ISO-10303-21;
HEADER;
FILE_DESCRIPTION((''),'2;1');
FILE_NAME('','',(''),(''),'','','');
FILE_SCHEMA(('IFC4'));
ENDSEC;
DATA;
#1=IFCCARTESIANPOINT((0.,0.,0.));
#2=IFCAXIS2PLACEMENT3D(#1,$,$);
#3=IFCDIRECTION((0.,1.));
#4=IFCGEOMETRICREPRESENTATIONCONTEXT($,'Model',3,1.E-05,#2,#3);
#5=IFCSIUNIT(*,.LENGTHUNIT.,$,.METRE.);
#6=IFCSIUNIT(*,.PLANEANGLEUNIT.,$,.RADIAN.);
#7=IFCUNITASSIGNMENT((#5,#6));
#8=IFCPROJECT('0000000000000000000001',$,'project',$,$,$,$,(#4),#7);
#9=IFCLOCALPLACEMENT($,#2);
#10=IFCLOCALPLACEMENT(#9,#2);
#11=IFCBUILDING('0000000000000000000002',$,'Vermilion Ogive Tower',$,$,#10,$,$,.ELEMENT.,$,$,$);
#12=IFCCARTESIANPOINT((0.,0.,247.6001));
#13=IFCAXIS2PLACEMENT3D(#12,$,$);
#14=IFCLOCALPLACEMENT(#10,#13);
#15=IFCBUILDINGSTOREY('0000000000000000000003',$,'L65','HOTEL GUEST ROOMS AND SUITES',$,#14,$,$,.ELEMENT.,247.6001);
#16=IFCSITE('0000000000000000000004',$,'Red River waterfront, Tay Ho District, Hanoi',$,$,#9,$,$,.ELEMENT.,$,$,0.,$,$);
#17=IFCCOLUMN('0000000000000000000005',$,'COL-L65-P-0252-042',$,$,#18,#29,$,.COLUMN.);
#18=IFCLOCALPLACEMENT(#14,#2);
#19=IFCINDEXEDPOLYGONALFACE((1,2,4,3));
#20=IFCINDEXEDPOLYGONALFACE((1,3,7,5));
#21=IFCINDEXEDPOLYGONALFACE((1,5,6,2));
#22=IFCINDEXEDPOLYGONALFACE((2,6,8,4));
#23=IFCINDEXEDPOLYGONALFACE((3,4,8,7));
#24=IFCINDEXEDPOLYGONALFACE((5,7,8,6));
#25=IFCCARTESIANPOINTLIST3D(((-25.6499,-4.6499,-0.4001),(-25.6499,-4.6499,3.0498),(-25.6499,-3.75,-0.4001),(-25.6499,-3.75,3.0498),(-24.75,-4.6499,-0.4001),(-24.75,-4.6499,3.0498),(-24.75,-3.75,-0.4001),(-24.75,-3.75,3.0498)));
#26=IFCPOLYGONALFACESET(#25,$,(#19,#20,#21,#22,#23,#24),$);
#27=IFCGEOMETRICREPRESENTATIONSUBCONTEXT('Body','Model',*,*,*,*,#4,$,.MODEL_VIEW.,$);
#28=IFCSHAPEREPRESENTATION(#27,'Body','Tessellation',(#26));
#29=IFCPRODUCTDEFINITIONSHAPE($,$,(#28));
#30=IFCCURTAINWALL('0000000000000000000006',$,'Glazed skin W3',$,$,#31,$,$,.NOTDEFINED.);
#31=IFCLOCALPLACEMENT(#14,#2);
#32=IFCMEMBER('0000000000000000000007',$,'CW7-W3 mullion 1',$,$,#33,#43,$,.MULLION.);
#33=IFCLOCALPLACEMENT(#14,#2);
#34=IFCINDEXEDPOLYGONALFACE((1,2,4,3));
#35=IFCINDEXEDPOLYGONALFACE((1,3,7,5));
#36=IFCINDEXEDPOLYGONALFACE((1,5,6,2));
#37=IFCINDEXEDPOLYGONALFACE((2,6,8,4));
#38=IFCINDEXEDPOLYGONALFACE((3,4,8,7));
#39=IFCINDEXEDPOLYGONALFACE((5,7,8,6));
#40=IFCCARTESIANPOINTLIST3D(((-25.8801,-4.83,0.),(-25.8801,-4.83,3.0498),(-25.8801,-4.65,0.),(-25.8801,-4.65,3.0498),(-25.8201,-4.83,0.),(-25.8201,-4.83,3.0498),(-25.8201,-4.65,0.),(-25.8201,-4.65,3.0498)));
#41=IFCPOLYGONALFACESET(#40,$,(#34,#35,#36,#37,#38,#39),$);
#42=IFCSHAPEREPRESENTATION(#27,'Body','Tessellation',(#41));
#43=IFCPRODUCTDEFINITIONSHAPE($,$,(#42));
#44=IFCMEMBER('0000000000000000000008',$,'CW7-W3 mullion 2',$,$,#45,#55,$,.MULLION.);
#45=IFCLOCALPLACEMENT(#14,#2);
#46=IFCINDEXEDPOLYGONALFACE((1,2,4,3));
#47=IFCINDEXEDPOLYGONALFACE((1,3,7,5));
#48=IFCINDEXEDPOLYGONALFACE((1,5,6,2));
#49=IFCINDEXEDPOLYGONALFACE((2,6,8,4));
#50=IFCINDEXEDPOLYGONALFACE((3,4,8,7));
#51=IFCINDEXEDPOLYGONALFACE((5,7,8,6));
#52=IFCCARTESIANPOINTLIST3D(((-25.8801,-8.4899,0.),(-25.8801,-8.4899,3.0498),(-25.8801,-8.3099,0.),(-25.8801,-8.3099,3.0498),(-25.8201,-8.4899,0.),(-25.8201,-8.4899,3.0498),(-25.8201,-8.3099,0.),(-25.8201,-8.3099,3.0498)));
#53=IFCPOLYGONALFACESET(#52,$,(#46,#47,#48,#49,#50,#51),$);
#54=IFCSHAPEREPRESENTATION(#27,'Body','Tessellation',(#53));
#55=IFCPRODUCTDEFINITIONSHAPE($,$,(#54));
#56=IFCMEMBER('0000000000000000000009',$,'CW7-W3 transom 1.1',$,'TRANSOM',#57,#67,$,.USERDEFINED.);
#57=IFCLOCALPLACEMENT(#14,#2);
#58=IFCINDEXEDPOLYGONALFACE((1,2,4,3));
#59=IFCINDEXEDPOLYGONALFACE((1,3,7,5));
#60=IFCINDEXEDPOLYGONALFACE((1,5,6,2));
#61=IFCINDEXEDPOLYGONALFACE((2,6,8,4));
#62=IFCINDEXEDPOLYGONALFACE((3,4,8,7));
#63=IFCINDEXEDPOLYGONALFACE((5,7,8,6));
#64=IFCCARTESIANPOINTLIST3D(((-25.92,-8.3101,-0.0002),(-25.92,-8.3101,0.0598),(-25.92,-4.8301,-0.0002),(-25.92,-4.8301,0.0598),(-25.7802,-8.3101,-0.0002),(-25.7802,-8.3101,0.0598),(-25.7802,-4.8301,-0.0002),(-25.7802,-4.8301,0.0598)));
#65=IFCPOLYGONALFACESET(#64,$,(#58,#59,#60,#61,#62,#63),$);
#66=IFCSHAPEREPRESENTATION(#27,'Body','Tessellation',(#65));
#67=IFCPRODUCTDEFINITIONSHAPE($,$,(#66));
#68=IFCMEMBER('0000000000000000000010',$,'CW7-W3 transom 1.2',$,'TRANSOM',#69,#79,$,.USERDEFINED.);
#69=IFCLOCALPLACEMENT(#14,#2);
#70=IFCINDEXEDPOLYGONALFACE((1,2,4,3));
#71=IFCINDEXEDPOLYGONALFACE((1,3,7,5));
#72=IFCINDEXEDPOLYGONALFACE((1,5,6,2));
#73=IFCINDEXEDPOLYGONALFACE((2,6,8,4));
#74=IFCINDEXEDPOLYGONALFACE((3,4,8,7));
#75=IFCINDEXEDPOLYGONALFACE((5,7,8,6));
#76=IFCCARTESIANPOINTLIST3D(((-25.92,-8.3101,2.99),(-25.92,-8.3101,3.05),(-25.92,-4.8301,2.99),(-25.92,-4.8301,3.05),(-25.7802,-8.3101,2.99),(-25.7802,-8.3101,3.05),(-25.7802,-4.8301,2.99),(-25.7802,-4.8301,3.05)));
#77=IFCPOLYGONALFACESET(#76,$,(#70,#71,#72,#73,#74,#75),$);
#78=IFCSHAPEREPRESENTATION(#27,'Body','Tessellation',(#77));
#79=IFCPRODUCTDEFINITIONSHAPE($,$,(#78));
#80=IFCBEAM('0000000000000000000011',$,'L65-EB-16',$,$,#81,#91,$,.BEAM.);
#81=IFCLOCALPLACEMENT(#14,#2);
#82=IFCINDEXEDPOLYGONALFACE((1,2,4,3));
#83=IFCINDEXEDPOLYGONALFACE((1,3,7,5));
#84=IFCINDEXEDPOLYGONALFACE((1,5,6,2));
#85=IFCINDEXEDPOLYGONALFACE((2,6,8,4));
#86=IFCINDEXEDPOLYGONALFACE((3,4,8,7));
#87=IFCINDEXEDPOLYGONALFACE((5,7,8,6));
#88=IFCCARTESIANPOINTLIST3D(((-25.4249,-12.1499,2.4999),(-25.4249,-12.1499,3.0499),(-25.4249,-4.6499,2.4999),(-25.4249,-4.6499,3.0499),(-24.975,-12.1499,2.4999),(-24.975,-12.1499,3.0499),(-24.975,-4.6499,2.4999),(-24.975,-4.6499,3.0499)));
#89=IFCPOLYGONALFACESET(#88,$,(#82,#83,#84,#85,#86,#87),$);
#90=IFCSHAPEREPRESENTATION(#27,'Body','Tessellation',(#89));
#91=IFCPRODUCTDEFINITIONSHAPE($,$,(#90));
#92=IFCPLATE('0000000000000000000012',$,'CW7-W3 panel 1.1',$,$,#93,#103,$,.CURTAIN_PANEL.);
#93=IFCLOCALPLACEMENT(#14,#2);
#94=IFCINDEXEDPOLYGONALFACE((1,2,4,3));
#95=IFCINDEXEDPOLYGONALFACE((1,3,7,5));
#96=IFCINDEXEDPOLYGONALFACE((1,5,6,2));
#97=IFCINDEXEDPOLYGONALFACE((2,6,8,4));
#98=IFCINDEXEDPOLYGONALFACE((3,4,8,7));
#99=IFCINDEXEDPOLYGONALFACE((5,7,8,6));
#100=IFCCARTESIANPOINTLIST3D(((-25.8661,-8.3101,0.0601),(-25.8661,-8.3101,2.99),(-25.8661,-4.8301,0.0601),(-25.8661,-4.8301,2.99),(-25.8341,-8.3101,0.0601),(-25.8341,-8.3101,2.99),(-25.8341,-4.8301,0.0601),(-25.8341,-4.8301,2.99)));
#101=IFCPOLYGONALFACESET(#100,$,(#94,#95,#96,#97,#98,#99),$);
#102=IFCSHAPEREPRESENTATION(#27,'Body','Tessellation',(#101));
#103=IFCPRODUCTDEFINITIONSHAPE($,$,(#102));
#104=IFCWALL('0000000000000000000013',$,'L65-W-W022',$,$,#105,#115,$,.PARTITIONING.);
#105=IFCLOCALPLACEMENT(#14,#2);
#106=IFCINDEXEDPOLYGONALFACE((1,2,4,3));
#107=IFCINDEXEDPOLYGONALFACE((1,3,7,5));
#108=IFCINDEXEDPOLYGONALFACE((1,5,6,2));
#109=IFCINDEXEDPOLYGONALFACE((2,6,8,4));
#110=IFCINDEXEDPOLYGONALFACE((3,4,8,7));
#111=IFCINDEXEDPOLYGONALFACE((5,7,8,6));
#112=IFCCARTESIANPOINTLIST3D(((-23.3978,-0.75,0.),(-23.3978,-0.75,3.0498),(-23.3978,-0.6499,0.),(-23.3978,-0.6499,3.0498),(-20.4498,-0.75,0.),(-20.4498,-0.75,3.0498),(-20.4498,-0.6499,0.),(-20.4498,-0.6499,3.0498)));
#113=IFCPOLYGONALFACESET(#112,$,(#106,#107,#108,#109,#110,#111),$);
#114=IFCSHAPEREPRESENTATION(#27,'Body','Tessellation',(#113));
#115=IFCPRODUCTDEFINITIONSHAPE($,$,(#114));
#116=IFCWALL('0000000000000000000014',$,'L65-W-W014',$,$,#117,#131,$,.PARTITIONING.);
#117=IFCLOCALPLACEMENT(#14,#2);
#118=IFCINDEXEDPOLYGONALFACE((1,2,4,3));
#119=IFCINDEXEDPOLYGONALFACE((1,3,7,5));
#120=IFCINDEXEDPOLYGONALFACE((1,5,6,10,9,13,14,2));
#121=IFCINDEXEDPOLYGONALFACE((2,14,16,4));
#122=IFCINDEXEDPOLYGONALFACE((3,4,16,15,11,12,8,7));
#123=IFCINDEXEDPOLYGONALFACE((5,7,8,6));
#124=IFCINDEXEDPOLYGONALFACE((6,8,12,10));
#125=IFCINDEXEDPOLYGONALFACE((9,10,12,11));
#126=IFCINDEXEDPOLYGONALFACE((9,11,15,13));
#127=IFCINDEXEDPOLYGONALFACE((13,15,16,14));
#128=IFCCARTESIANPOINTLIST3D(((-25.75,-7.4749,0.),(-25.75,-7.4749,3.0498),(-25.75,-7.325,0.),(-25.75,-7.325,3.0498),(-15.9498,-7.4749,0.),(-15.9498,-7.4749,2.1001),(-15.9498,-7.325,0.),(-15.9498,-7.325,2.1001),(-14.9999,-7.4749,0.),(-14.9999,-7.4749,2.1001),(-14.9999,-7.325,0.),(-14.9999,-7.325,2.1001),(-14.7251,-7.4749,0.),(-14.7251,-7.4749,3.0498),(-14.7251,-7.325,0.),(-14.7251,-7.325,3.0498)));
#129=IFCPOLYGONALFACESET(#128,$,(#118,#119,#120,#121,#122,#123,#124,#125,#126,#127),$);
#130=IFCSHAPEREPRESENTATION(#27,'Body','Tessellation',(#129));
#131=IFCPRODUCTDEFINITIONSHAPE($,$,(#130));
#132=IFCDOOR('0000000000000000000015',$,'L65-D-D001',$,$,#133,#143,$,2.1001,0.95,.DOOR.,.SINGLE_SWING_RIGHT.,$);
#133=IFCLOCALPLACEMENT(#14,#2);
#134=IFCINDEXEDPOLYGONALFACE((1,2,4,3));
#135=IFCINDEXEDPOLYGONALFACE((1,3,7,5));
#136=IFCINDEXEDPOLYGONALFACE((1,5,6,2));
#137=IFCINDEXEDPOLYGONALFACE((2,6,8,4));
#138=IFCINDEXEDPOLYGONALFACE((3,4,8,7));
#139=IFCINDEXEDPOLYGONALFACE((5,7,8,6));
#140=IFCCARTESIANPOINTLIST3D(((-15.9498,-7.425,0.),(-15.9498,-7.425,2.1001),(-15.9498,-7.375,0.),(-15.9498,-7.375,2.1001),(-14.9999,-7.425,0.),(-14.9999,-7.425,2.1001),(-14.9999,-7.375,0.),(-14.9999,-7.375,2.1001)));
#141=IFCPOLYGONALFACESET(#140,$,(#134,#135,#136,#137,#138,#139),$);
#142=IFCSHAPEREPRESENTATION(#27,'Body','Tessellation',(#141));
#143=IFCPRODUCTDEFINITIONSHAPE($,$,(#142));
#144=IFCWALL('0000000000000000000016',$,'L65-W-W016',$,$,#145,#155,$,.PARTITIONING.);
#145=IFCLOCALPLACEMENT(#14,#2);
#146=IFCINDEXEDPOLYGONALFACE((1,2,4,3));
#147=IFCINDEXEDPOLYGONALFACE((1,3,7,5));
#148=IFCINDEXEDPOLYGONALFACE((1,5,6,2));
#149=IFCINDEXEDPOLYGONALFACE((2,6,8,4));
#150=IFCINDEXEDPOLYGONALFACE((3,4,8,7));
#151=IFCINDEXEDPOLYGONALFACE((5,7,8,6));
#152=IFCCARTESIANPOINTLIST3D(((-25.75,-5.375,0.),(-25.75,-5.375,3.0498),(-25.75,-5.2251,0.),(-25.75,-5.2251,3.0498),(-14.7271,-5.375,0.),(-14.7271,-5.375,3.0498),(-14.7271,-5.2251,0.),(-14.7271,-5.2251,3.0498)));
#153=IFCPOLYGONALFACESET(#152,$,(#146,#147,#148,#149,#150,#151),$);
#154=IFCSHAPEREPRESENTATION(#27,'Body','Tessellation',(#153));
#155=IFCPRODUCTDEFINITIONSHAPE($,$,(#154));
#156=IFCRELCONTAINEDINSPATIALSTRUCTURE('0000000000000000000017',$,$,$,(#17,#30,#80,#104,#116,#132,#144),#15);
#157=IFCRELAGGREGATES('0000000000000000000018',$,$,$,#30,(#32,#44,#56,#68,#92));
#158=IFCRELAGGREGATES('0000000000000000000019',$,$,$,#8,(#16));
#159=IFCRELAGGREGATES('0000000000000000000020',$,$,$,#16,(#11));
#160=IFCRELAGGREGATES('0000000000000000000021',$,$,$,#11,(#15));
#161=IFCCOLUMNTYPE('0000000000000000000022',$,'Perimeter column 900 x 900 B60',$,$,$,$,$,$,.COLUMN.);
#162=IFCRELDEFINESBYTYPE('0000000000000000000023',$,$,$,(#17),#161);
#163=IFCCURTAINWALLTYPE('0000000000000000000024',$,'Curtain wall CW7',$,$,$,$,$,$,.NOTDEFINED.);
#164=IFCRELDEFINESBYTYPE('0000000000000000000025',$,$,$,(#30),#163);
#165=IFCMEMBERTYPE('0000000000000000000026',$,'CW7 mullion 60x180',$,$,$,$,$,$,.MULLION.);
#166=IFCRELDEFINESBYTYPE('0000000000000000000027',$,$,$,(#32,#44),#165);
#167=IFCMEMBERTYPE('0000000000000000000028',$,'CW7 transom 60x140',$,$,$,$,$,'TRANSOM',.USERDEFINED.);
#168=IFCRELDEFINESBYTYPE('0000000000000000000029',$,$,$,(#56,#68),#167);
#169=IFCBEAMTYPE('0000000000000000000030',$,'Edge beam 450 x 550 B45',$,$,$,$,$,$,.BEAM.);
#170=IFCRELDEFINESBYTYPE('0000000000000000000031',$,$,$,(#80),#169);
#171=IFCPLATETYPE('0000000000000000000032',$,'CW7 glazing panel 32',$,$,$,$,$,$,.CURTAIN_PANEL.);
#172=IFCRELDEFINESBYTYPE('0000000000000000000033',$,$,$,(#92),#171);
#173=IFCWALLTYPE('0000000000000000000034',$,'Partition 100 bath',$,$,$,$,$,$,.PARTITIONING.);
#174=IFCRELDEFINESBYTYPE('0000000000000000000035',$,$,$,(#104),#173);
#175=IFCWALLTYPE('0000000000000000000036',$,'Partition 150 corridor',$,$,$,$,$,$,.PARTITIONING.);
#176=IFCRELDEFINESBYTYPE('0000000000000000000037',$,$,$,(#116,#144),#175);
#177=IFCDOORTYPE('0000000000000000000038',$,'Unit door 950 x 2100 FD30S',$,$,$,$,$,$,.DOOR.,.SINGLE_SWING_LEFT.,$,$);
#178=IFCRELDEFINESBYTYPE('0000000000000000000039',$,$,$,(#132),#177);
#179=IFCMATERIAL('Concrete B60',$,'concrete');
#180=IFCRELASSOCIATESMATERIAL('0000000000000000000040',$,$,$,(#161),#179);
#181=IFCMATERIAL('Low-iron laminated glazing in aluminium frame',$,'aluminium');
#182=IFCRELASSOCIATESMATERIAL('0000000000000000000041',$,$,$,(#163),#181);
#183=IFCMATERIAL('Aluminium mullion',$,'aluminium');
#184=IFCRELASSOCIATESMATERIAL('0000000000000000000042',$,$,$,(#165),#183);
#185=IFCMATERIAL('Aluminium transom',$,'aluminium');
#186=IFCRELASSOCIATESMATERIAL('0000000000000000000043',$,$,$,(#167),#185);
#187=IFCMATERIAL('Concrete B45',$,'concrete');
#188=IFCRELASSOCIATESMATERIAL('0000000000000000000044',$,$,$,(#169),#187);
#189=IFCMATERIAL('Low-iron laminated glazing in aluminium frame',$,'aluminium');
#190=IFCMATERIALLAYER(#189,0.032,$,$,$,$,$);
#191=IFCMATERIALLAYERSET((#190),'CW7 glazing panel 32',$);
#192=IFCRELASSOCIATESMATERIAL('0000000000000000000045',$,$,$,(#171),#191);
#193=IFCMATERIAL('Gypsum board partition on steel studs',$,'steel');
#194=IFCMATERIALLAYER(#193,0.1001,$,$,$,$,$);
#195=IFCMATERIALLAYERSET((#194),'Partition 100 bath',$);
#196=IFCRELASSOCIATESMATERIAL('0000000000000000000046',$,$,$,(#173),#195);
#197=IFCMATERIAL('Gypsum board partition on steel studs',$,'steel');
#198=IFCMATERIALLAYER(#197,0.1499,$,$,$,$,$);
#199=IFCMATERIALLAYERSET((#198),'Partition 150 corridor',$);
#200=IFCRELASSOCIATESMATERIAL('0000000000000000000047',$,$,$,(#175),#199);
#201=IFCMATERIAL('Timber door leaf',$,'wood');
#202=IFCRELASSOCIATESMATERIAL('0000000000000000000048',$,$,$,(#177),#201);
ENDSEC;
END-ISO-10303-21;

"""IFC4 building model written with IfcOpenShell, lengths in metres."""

from ifc_helpers import new_model, si_unit, direction, frame, frame_2d, origin, origin_2d, place, context, subcontext, project, spatial, rectangle, extrude, material, layer, layer_set, material_profile, profile_set, type_object, element, fill, aggregate, save


model = new_model("IFC4")

# Units and contexts
model_context = context("Model", 3, precision=1e-05, world=origin(), true_north=direction((0.0, 1.0)))
body_context = subcontext(model_context, "Body", "Model", "MODEL_VIEW")
ifc_project = project(units=[si_unit("LENGTHUNIT", "METRE"), si_unit("PLANEANGLEUNIT", "RADIAN")], contexts=[model_context])

# Site, building, storey
site_placement = place(None, origin())
site = spatial("IfcSite", under=ifc_project, at=site_placement, Name="Red River waterfront, Tay Ho District, Hanoi", CompositionType="ELEMENT", RefElevation=0.0)
building_placement = place(site_placement, origin())
building = spatial("IfcBuilding", under=site, at=building_placement, Name="Vermilion Ogive Tower", CompositionType="ELEMENT")
storey_placement = place(building_placement, frame((0.0, 0.0, 247.6001)))
storey = spatial("IfcBuildingStorey", under=building, at=storey_placement, Name="L65", Description="HOTEL GUEST ROOMS AND SUITES", CompositionType="ELEMENT", Elevation=247.6001)

# Column
ifc_material_1 = material(Name="Concrete B60", Category="concrete")
ifc_material_profile_1 = material_profile(ifc_material_1, rectangle(XDim=0.8999, YDim=0.8999, at=origin_2d()), Name="900 x 900")
ifc_profile_set_1 = profile_set([ifc_material_profile_1], Name="Concrete B60")
column_type = type_object("IfcColumnType", Name="Perimeter column 900 x 900 B60", PredefinedType="COLUMN", material=ifc_profile_set_1)
column_placement = place(storey_placement, frame((-25.2, -4.2, -0.4001), z_axis=(0.0, 0.0, 1.0), x_axis=(1.0, 0.0, 0.0)))
element("IfcColumn", 1, at=column_placement, inside=storey, type_object=column_type, Name="COL-L65-P-0252-042", PredefinedType="COLUMN", context=body_context, shape_type="SweptSolid", body=[
    extrude(rectangle(XDim=0.8999, YDim=0.8999, at=origin_2d()), origin(), (0.0, 0.0, 1.0), 3.45),
])

# Curtain wall, members
ifc_material_2 = material(Name="Low-iron laminated glazing in aluminium frame", Category="aluminium")
curtain_wall_type = type_object("IfcCurtainWallType", Name="Curtain wall CW7", PredefinedType="NOTDEFINED", material=ifc_material_2)
curtain_wall_placement = place(storey_placement, origin())
curtain_wall = element("IfcCurtainWall", 2, at=curtain_wall_placement, inside=storey, type_object=curtain_wall_type, Name="Glazed skin W3", PredefinedType="NOTDEFINED")
ifc_material_3 = material(Name="Aluminium mullion", Category="aluminium")
ifc_material_profile_2 = material_profile(ifc_material_3, rectangle(XDim=0.0601, YDim=0.1799, at=origin_2d()), Name="AL 60x180")
ifc_profile_set_2 = profile_set([ifc_material_profile_2], Name="Aluminium mullion")
member_type_1 = type_object("IfcMemberType", Name="CW7 mullion 60x180", PredefinedType="MULLION", material=ifc_profile_set_2)
member_1_placement = place(storey_placement, frame((-25.8501, -4.74, 0.0), z_axis=(0.0, 0.0, 1.0), x_axis=(1.0, 0.0, 0.0)))
member_1 = element("IfcMember", 3, at=member_1_placement, type_object=member_type_1, Name="CW7-W3 mullion 1", PredefinedType="MULLION", context=body_context, shape_type="SweptSolid", body=[
    extrude(rectangle(XDim=0.0601, YDim=0.1799, at=origin_2d()), origin(), (0.0, 0.0, 1.0), 3.0498),
])
member_2_placement = place(storey_placement, frame((-25.8501, -8.3999, 0.0), z_axis=(0.0, 0.0, 1.0), x_axis=(1.0, 0.0, 0.0)))
member_2 = element("IfcMember", 4, at=member_2_placement, type_object=member_type_1, Name="CW7-W3 mullion 2", PredefinedType="MULLION", context=body_context, shape_type="SweptSolid", body=[
    extrude(rectangle(XDim=0.0601, YDim=0.1799, at=origin_2d()), origin(), (0.0, 0.0, 1.0), 3.0498),
])
ifc_material_4 = material(Name="Aluminium transom", Category="aluminium")
ifc_material_profile_3 = material_profile(ifc_material_4, rectangle(XDim=0.1399, YDim=0.0601, at=origin_2d()), Name="AL 60x140")
ifc_profile_set_3 = profile_set([ifc_material_profile_3], Name="Aluminium transom")
member_type_2 = type_object("IfcMemberType", Name="CW7 transom 60x140", ElementType="TRANSOM", PredefinedType="USERDEFINED", material=ifc_profile_set_3)
member_3_placement = place(storey_placement, frame((-25.8501, -4.8301, 0.0298), z_axis=(0.0, -1.0, 0.0), x_axis=(1.0, 0.0, 0.0)))
member_3 = element("IfcMember", 5, at=member_3_placement, type_object=member_type_2, Name="CW7-W3 transom 1.1", ObjectType="TRANSOM", PredefinedType="USERDEFINED", context=body_context, shape_type="SweptSolid", body=[
    extrude(rectangle(XDim=0.1399, YDim=0.0601, at=origin_2d()), origin(), (0.0, 0.0, 1.0), 3.48),
])
member_4_placement = place(storey_placement, frame((-25.8501, -4.8301, 3.02), z_axis=(0.0, -1.0, 0.0), x_axis=(1.0, 0.0, 0.0)))
member_4 = element("IfcMember", 6, at=member_4_placement, type_object=member_type_2, Name="CW7-W3 transom 1.2", ObjectType="TRANSOM", PredefinedType="USERDEFINED", context=body_context, shape_type="SweptSolid", body=[
    extrude(rectangle(XDim=0.1399, YDim=0.0601, at=origin_2d()), origin(), (0.0, 0.0, 1.0), 3.48),
])

# Beam
ifc_material_5 = material(Name="Concrete B45", Category="concrete")
ifc_material_profile_4 = material_profile(ifc_material_5, rectangle(XDim=0.45, YDim=0.55, at=origin_2d()), Name="450 x 550")
ifc_profile_set_4 = profile_set([ifc_material_profile_4], Name="Concrete B45")
beam_type = type_object("IfcBeamType", Name="Edge beam 450 x 550 B45", PredefinedType="BEAM", material=ifc_profile_set_4)
beam_placement = place(storey_placement, frame((-25.2, -4.6499, 2.7749), z_axis=(0.0, -1.0, 0.0), x_axis=(1.0, 0.0, 0.0)))
element("IfcBeam", 7, at=beam_placement, inside=storey, type_object=beam_type, Name="L65-EB-16", PredefinedType="BEAM", context=body_context, shape_type="SweptSolid", body=[
    extrude(rectangle(XDim=0.45, YDim=0.55, at=origin_2d()), origin(), (0.0, 0.0, 1.0), 7.5),
])

# Plate
ifc_material_6 = material(Name="Low-iron laminated glazing in aluminium frame", Category="aluminium")
ifc_layer_1 = layer(ifc_material_6, 0.032)
ifc_layer_set_1 = layer_set([ifc_layer_1], Name="CW7 glazing panel 32")
plate_type = type_object("IfcPlateType", Name="CW7 glazing panel 32", PredefinedType="CURTAIN_PANEL", material=ifc_layer_set_1)
plate_placement = place(storey_placement, frame((-25.8501, -6.5701, 0.0601), z_axis=(0.0, 0.0, 1.0), x_axis=(0.0, -1.0, 0.0)))
plate = element("IfcPlate", 8, at=plate_placement, type_object=plate_type, Name="CW7-W3 panel 1.1", PredefinedType="CURTAIN_PANEL", context=body_context, shape_type="SweptSolid", body=[
    extrude(rectangle(XDim=3.48, YDim=0.032, at=origin_2d()), origin(), (0.0, 0.0, 1.0), 2.9299),
])
aggregate(curtain_wall, [member_1, member_2, member_3, member_4, plate])

# Wall
ifc_material_7 = material(Name="Gypsum board partition on steel studs", Category="steel")
ifc_layer_2 = layer(ifc_material_7, 0.1001)
ifc_layer_set_2 = layer_set([ifc_layer_2], Name="Partition 100 bath")
wall_type_1 = type_object("IfcWallType", Name="Partition 100 bath", PredefinedType="PARTITIONING", material=ifc_layer_set_2)
wall_1_placement = place(storey_placement, frame((-23.3979, -0.7, 0.0), z_axis=(0.0, 0.0, 1.0), x_axis=(1.0, 0.0, 0.0)))
element("IfcWall", 9, at=wall_1_placement, inside=storey, type_object=wall_type_1, Name="L65-W-W022", PredefinedType="PARTITIONING", context=body_context, shape_type="SweptSolid", body=[
    extrude(rectangle(XDim=2.948, YDim=0.1001, at=frame_2d((1.4741, 0.0))), origin(), (0.0, 0.0, 1.0), 3.0498),
])

# Wall, opening, door
ifc_material_8 = material(Name="Gypsum board partition on steel studs", Category="steel")
ifc_layer_3 = layer(ifc_material_8, 0.1499)
ifc_layer_set_3 = layer_set([ifc_layer_3], Name="Partition 150 corridor")
wall_type_2 = type_object("IfcWallType", Name="Partition 150 corridor", PredefinedType="PARTITIONING", material=ifc_layer_set_3)
wall_2_placement = place(storey_placement, frame((-25.75, -7.3999, 0.0), z_axis=(0.0, 0.0, 1.0), x_axis=(1.0, 0.0, 0.0)))
wall_2 = element("IfcWall", 10, at=wall_2_placement, inside=storey, type_object=wall_type_2, Name="L65-W-W014", PredefinedType="PARTITIONING", context=body_context, shape_type="SweptSolid", body=[
    extrude(rectangle(XDim=11.0249, YDim=0.1499, at=frame_2d((5.5125, 0.0))), origin(), (0.0, 0.0, 1.0), 3.0498),
])
opening_1_placement = place(wall_2_placement, frame((9.8, 0.0, 0.0)))
opening_1 = element("IfcOpeningElement", 11, at=opening_1_placement, cuts=wall_2, PredefinedType="OPENING", context=body_context, shape_type="SweptSolid", body=[
    extrude(rectangle(XDim=0.95, YDim=2.1001, at=frame_2d((0.4751, 1.05))), frame((0.0, 0.085, 0.0), z_axis=(0.0, -1.0, 0.0), x_axis=(1.0, 0.0, 0.0)), (0.0, 0.0, 1.0), 0.1699),
])
ifc_material_9 = material(Name="Timber door leaf", Category="wood")
door_type_1 = type_object("IfcDoorType", Name="Unit door 950 x 2100 FD30S", OperationType="SINGLE_SWING_LEFT", PredefinedType="DOOR", material=ifc_material_9)
door_1_placement = place(opening_1_placement, origin())
door_1 = element("IfcDoor", 12, at=door_1_placement, inside=storey, type_object=door_type_1, Name="L65-D-D001", OperationType="SINGLE_SWING_RIGHT", OverallHeight=2.1001, OverallWidth=0.95, PredefinedType="DOOR", context=body_context, shape_type="SweptSolid", body=[
    extrude(rectangle(XDim=0.95, YDim=2.1001, at=frame_2d((0.4751, 1.05))), frame((0.0, 0.0249, 0.0), z_axis=(0.0, -1.0, 0.0), x_axis=(1.0, 0.0, 0.0)), (0.0, 0.0, 1.0), 0.05),
])
fill(opening_1, door_1)

# Wall
wall_3_placement = place(storey_placement, frame((-25.75, -5.3, 0.0), z_axis=(0.0, 0.0, 1.0), x_axis=(1.0, 0.0, 0.0)))
element("IfcWall", 13, at=wall_3_placement, inside=storey, type_object=wall_type_2, Name="L65-W-W016", PredefinedType="PARTITIONING", context=body_context, shape_type="SweptSolid", body=[
    extrude(rectangle(XDim=11.0229, YDim=0.1499, at=frame_2d((5.5115, 0.0))), origin(), (0.0, 0.0, 1.0), 3.0498),
])

save(model, "model.ifc")
